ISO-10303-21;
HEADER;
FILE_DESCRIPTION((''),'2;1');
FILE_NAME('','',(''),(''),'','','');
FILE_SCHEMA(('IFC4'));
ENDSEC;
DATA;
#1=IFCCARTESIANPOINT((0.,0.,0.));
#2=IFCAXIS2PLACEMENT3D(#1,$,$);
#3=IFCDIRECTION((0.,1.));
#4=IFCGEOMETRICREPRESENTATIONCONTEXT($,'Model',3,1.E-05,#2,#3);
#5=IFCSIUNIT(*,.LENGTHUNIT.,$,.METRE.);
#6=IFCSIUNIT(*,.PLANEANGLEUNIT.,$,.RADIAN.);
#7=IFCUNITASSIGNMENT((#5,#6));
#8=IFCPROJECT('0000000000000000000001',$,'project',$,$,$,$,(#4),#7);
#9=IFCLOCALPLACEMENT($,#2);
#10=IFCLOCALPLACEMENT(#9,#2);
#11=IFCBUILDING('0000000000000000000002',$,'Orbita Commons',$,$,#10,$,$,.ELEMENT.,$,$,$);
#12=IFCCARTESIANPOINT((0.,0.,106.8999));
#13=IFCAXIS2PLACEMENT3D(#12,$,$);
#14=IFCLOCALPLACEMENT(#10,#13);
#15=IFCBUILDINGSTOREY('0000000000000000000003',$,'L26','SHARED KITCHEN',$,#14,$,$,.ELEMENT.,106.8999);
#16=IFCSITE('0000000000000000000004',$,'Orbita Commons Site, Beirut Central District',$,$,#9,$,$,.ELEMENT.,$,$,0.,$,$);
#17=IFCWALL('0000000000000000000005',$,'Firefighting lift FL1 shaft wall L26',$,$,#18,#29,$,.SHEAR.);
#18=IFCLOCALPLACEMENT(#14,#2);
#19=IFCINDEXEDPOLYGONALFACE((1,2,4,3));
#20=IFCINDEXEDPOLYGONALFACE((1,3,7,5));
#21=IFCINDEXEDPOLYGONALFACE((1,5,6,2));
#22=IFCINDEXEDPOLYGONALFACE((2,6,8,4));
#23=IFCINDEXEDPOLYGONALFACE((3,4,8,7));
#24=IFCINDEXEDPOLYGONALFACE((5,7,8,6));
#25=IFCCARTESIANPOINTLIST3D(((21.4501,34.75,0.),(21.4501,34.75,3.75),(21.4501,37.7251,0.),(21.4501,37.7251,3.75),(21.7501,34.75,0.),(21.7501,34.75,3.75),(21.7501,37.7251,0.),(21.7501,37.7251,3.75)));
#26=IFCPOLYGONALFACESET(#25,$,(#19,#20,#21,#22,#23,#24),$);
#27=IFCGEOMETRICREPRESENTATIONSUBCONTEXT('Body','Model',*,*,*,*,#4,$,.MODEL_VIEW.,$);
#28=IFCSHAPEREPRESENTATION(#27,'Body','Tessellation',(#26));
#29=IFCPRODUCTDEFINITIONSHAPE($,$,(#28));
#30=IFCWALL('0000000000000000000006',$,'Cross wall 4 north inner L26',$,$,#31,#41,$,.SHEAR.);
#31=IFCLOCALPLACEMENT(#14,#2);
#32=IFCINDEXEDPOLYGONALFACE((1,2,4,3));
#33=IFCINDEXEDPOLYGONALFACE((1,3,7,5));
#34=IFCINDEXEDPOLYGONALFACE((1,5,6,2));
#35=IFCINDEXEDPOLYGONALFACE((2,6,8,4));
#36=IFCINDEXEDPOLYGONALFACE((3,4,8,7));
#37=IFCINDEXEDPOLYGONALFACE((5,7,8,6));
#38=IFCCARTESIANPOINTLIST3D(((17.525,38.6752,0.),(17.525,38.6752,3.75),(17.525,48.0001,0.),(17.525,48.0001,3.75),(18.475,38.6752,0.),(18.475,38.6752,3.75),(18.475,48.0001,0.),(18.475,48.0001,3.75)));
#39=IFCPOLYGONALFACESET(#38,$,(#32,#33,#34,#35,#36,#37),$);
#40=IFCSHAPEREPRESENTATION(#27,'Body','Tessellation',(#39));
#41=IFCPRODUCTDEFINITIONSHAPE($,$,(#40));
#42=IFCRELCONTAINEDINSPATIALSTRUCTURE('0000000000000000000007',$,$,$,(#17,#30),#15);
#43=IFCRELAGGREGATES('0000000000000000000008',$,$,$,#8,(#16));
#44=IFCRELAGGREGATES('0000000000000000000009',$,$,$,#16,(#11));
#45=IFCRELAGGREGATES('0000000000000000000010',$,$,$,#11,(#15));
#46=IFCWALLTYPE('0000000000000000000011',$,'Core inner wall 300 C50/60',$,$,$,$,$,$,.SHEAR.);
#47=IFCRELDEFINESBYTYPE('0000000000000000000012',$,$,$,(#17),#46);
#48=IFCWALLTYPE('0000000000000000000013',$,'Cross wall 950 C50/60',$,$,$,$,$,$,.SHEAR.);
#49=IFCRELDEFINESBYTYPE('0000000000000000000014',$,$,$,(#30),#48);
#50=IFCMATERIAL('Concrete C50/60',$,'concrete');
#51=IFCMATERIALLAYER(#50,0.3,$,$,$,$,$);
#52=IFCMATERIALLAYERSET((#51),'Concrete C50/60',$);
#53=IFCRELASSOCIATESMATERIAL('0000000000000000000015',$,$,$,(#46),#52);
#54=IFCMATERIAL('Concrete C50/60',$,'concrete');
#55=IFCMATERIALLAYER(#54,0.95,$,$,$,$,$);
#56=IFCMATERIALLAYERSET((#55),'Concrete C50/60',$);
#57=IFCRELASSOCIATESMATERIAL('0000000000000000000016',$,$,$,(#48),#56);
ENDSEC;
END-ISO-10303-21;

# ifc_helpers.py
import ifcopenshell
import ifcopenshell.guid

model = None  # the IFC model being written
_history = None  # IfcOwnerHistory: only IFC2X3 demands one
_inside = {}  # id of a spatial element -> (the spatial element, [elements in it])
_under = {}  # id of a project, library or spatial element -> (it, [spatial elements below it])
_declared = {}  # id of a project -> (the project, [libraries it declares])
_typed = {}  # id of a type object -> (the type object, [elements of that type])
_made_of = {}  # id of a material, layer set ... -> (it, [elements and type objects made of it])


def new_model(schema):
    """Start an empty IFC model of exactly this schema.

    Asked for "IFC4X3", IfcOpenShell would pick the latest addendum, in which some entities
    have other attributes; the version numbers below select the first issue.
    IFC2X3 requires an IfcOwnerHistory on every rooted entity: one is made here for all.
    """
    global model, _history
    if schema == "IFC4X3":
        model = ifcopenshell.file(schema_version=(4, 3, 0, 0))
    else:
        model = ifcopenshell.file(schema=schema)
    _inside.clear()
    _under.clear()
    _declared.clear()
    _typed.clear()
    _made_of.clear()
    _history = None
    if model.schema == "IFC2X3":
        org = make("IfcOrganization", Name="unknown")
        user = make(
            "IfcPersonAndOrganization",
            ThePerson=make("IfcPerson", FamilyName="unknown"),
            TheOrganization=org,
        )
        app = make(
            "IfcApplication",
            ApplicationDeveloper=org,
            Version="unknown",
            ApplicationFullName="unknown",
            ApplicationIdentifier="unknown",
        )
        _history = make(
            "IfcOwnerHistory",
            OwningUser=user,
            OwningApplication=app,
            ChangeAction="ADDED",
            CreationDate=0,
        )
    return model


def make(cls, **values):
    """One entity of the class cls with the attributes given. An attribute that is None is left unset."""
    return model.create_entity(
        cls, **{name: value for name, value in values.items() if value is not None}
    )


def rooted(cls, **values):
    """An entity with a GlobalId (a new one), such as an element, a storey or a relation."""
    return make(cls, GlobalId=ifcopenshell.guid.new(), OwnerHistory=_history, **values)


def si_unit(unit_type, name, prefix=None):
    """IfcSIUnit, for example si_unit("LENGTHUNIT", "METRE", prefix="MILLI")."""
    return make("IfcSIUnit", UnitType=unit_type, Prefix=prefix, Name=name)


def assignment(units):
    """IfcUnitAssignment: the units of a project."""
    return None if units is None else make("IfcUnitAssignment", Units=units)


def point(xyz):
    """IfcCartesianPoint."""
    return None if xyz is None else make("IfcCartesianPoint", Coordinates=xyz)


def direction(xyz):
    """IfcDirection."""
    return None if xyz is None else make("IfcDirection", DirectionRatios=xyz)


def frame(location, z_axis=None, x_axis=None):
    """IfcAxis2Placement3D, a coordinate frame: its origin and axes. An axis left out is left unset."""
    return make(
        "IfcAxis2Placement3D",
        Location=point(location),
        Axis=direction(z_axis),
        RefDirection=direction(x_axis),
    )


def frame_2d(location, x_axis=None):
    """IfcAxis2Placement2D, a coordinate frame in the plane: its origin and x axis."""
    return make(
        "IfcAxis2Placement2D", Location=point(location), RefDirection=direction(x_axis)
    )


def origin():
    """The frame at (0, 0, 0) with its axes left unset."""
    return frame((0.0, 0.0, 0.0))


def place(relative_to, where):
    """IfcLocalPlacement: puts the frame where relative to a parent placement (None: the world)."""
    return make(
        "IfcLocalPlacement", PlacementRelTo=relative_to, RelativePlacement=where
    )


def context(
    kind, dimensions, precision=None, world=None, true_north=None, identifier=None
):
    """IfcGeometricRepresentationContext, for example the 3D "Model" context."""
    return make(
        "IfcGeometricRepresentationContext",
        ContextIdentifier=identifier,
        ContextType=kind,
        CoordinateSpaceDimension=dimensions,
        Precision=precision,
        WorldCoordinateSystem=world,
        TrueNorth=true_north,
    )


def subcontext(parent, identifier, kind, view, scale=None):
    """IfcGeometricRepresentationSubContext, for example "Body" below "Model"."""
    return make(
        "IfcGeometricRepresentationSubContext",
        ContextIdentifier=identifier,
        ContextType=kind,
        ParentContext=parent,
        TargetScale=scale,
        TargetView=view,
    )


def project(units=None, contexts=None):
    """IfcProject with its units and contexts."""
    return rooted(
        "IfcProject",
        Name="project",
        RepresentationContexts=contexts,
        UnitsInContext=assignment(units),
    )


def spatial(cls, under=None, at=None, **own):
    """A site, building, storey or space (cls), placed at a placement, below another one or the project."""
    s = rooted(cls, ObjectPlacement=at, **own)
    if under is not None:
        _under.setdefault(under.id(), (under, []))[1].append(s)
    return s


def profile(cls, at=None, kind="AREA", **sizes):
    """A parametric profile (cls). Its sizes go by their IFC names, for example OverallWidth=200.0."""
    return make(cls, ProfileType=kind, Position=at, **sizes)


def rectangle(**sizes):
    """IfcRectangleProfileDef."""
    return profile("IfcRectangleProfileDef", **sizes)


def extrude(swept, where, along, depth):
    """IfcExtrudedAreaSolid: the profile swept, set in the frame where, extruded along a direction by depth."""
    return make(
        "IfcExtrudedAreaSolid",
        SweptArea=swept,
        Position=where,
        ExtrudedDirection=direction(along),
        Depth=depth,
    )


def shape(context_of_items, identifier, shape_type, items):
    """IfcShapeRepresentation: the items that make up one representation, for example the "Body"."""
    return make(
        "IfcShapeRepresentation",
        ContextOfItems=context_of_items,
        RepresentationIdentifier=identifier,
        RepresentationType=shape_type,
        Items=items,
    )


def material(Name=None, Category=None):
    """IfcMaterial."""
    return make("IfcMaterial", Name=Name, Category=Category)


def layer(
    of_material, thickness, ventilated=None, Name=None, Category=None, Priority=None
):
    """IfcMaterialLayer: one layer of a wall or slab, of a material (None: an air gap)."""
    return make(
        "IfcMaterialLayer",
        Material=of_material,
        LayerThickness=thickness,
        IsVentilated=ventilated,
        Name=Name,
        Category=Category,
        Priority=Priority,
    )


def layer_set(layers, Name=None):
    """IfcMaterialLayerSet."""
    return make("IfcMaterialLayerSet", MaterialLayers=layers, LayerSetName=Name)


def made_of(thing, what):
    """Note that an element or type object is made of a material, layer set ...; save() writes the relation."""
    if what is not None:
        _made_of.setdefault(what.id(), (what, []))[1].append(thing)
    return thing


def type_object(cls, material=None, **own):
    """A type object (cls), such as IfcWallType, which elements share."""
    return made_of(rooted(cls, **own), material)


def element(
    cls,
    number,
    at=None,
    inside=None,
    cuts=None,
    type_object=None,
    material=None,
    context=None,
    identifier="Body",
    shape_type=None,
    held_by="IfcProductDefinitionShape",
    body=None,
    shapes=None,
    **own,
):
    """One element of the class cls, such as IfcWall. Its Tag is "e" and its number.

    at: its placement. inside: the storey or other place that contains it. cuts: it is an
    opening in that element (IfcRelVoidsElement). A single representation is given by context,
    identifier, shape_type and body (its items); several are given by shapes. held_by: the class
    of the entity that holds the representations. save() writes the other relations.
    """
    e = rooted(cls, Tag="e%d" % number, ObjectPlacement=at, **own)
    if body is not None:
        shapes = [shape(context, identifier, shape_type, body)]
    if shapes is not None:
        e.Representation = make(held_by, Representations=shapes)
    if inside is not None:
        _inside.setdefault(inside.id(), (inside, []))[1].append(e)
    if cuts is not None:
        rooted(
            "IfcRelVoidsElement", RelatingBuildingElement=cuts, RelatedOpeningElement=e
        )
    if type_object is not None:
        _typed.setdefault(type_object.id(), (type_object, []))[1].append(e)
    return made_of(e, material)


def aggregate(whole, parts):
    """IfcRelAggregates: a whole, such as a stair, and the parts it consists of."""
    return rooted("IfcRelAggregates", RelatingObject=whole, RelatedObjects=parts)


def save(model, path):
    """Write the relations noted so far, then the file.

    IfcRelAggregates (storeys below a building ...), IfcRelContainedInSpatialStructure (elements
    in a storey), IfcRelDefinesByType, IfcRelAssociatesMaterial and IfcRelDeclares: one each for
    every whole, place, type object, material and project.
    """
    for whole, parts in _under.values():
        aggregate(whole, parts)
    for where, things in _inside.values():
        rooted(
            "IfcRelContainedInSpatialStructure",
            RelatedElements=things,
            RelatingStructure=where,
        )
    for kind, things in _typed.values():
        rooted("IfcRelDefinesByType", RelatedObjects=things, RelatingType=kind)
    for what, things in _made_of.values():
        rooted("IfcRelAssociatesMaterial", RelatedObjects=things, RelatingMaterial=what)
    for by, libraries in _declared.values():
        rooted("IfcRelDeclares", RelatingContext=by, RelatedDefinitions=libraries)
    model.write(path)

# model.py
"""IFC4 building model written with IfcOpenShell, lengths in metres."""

from ifc_helpers import new_model, si_unit, direction, frame, frame_2d, origin, place, context, subcontext, project, spatial, rectangle, extrude, material, layer, layer_set, type_object, element, save


model = new_model("IFC4")

# Units and contexts
model_context = context("Model", 3, precision=1e-05, world=origin(), true_north=direction((0.0, 1.0)))
body_context = subcontext(model_context, "Body", "Model", "MODEL_VIEW")
ifc_project = project(units=[si_unit("LENGTHUNIT", "METRE"), si_unit("PLANEANGLEUNIT", "RADIAN")], contexts=[model_context])

# Site, building, storey
site_placement = place(None, origin())
site = spatial("IfcSite", under=ifc_project, at=site_placement, Name="Orbita Commons Site, Beirut Central District", CompositionType="ELEMENT", RefElevation=0.0)
building_placement = place(site_placement, origin())
building = spatial("IfcBuilding", under=site, at=building_placement, Name="Orbita Commons", CompositionType="ELEMENT")
storey_placement = place(building_placement, frame((0.0, 0.0, 106.8999)))
storey = spatial("IfcBuildingStorey", under=building, at=storey_placement, Name="L26", Description="SHARED KITCHEN", CompositionType="ELEMENT", Elevation=106.8999)

# Walls
ifc_material_1 = material(Name="Concrete C50/60", Category="concrete")
ifc_layer_1 = layer(ifc_material_1, 0.3)
ifc_layer_set_1 = layer_set([ifc_layer_1], Name="Concrete C50/60")
wall_type_1 = type_object("IfcWallType", Name="Core inner wall 300 C50/60", PredefinedType="SHEAR", material=ifc_layer_set_1)
wall_1_placement = place(storey_placement, frame((21.6001, 34.75, 0.0), z_axis=(0.0, 0.0, 1.0), x_axis=(0.0, 1.0, 0.0)))
element("IfcWall", 1, at=wall_1_placement, inside=storey, type_object=wall_type_1, Name="Firefighting lift FL1 shaft wall L26", PredefinedType="SHEAR", context=body_context, shape_type="SweptSolid", body=[
    extrude(rectangle(XDim=2.9751, YDim=0.3, at=frame_2d((1.4875, 0.0))), origin(), (0.0, 0.0, 1.0), 3.75),
])
ifc_material_2 = material(Name="Concrete C50/60", Category="concrete")
ifc_layer_2 = layer(ifc_material_2, 0.95)
ifc_layer_set_2 = layer_set([ifc_layer_2], Name="Concrete C50/60")
wall_type_2 = type_object("IfcWallType", Name="Cross wall 950 C50/60", PredefinedType="SHEAR", material=ifc_layer_set_2)
wall_2_placement = place(storey_placement, frame((18.0, 38.675, 0.0), z_axis=(0.0, 0.0, 1.0), x_axis=(0.0, 1.0, 0.0)))
element("IfcWall", 2, at=wall_2_placement, inside=storey, type_object=wall_type_2, Name="Cross wall 4 north inner L26", PredefinedType="SHEAR", context=body_context, shape_type="SweptSolid", body=[
    extrude(rectangle(XDim=9.325, YDim=0.95, at=frame_2d((4.6626, 0.0))), origin(), (0.0, 0.0, 1.0), 3.75),
])

save(model, "model.ifc")
